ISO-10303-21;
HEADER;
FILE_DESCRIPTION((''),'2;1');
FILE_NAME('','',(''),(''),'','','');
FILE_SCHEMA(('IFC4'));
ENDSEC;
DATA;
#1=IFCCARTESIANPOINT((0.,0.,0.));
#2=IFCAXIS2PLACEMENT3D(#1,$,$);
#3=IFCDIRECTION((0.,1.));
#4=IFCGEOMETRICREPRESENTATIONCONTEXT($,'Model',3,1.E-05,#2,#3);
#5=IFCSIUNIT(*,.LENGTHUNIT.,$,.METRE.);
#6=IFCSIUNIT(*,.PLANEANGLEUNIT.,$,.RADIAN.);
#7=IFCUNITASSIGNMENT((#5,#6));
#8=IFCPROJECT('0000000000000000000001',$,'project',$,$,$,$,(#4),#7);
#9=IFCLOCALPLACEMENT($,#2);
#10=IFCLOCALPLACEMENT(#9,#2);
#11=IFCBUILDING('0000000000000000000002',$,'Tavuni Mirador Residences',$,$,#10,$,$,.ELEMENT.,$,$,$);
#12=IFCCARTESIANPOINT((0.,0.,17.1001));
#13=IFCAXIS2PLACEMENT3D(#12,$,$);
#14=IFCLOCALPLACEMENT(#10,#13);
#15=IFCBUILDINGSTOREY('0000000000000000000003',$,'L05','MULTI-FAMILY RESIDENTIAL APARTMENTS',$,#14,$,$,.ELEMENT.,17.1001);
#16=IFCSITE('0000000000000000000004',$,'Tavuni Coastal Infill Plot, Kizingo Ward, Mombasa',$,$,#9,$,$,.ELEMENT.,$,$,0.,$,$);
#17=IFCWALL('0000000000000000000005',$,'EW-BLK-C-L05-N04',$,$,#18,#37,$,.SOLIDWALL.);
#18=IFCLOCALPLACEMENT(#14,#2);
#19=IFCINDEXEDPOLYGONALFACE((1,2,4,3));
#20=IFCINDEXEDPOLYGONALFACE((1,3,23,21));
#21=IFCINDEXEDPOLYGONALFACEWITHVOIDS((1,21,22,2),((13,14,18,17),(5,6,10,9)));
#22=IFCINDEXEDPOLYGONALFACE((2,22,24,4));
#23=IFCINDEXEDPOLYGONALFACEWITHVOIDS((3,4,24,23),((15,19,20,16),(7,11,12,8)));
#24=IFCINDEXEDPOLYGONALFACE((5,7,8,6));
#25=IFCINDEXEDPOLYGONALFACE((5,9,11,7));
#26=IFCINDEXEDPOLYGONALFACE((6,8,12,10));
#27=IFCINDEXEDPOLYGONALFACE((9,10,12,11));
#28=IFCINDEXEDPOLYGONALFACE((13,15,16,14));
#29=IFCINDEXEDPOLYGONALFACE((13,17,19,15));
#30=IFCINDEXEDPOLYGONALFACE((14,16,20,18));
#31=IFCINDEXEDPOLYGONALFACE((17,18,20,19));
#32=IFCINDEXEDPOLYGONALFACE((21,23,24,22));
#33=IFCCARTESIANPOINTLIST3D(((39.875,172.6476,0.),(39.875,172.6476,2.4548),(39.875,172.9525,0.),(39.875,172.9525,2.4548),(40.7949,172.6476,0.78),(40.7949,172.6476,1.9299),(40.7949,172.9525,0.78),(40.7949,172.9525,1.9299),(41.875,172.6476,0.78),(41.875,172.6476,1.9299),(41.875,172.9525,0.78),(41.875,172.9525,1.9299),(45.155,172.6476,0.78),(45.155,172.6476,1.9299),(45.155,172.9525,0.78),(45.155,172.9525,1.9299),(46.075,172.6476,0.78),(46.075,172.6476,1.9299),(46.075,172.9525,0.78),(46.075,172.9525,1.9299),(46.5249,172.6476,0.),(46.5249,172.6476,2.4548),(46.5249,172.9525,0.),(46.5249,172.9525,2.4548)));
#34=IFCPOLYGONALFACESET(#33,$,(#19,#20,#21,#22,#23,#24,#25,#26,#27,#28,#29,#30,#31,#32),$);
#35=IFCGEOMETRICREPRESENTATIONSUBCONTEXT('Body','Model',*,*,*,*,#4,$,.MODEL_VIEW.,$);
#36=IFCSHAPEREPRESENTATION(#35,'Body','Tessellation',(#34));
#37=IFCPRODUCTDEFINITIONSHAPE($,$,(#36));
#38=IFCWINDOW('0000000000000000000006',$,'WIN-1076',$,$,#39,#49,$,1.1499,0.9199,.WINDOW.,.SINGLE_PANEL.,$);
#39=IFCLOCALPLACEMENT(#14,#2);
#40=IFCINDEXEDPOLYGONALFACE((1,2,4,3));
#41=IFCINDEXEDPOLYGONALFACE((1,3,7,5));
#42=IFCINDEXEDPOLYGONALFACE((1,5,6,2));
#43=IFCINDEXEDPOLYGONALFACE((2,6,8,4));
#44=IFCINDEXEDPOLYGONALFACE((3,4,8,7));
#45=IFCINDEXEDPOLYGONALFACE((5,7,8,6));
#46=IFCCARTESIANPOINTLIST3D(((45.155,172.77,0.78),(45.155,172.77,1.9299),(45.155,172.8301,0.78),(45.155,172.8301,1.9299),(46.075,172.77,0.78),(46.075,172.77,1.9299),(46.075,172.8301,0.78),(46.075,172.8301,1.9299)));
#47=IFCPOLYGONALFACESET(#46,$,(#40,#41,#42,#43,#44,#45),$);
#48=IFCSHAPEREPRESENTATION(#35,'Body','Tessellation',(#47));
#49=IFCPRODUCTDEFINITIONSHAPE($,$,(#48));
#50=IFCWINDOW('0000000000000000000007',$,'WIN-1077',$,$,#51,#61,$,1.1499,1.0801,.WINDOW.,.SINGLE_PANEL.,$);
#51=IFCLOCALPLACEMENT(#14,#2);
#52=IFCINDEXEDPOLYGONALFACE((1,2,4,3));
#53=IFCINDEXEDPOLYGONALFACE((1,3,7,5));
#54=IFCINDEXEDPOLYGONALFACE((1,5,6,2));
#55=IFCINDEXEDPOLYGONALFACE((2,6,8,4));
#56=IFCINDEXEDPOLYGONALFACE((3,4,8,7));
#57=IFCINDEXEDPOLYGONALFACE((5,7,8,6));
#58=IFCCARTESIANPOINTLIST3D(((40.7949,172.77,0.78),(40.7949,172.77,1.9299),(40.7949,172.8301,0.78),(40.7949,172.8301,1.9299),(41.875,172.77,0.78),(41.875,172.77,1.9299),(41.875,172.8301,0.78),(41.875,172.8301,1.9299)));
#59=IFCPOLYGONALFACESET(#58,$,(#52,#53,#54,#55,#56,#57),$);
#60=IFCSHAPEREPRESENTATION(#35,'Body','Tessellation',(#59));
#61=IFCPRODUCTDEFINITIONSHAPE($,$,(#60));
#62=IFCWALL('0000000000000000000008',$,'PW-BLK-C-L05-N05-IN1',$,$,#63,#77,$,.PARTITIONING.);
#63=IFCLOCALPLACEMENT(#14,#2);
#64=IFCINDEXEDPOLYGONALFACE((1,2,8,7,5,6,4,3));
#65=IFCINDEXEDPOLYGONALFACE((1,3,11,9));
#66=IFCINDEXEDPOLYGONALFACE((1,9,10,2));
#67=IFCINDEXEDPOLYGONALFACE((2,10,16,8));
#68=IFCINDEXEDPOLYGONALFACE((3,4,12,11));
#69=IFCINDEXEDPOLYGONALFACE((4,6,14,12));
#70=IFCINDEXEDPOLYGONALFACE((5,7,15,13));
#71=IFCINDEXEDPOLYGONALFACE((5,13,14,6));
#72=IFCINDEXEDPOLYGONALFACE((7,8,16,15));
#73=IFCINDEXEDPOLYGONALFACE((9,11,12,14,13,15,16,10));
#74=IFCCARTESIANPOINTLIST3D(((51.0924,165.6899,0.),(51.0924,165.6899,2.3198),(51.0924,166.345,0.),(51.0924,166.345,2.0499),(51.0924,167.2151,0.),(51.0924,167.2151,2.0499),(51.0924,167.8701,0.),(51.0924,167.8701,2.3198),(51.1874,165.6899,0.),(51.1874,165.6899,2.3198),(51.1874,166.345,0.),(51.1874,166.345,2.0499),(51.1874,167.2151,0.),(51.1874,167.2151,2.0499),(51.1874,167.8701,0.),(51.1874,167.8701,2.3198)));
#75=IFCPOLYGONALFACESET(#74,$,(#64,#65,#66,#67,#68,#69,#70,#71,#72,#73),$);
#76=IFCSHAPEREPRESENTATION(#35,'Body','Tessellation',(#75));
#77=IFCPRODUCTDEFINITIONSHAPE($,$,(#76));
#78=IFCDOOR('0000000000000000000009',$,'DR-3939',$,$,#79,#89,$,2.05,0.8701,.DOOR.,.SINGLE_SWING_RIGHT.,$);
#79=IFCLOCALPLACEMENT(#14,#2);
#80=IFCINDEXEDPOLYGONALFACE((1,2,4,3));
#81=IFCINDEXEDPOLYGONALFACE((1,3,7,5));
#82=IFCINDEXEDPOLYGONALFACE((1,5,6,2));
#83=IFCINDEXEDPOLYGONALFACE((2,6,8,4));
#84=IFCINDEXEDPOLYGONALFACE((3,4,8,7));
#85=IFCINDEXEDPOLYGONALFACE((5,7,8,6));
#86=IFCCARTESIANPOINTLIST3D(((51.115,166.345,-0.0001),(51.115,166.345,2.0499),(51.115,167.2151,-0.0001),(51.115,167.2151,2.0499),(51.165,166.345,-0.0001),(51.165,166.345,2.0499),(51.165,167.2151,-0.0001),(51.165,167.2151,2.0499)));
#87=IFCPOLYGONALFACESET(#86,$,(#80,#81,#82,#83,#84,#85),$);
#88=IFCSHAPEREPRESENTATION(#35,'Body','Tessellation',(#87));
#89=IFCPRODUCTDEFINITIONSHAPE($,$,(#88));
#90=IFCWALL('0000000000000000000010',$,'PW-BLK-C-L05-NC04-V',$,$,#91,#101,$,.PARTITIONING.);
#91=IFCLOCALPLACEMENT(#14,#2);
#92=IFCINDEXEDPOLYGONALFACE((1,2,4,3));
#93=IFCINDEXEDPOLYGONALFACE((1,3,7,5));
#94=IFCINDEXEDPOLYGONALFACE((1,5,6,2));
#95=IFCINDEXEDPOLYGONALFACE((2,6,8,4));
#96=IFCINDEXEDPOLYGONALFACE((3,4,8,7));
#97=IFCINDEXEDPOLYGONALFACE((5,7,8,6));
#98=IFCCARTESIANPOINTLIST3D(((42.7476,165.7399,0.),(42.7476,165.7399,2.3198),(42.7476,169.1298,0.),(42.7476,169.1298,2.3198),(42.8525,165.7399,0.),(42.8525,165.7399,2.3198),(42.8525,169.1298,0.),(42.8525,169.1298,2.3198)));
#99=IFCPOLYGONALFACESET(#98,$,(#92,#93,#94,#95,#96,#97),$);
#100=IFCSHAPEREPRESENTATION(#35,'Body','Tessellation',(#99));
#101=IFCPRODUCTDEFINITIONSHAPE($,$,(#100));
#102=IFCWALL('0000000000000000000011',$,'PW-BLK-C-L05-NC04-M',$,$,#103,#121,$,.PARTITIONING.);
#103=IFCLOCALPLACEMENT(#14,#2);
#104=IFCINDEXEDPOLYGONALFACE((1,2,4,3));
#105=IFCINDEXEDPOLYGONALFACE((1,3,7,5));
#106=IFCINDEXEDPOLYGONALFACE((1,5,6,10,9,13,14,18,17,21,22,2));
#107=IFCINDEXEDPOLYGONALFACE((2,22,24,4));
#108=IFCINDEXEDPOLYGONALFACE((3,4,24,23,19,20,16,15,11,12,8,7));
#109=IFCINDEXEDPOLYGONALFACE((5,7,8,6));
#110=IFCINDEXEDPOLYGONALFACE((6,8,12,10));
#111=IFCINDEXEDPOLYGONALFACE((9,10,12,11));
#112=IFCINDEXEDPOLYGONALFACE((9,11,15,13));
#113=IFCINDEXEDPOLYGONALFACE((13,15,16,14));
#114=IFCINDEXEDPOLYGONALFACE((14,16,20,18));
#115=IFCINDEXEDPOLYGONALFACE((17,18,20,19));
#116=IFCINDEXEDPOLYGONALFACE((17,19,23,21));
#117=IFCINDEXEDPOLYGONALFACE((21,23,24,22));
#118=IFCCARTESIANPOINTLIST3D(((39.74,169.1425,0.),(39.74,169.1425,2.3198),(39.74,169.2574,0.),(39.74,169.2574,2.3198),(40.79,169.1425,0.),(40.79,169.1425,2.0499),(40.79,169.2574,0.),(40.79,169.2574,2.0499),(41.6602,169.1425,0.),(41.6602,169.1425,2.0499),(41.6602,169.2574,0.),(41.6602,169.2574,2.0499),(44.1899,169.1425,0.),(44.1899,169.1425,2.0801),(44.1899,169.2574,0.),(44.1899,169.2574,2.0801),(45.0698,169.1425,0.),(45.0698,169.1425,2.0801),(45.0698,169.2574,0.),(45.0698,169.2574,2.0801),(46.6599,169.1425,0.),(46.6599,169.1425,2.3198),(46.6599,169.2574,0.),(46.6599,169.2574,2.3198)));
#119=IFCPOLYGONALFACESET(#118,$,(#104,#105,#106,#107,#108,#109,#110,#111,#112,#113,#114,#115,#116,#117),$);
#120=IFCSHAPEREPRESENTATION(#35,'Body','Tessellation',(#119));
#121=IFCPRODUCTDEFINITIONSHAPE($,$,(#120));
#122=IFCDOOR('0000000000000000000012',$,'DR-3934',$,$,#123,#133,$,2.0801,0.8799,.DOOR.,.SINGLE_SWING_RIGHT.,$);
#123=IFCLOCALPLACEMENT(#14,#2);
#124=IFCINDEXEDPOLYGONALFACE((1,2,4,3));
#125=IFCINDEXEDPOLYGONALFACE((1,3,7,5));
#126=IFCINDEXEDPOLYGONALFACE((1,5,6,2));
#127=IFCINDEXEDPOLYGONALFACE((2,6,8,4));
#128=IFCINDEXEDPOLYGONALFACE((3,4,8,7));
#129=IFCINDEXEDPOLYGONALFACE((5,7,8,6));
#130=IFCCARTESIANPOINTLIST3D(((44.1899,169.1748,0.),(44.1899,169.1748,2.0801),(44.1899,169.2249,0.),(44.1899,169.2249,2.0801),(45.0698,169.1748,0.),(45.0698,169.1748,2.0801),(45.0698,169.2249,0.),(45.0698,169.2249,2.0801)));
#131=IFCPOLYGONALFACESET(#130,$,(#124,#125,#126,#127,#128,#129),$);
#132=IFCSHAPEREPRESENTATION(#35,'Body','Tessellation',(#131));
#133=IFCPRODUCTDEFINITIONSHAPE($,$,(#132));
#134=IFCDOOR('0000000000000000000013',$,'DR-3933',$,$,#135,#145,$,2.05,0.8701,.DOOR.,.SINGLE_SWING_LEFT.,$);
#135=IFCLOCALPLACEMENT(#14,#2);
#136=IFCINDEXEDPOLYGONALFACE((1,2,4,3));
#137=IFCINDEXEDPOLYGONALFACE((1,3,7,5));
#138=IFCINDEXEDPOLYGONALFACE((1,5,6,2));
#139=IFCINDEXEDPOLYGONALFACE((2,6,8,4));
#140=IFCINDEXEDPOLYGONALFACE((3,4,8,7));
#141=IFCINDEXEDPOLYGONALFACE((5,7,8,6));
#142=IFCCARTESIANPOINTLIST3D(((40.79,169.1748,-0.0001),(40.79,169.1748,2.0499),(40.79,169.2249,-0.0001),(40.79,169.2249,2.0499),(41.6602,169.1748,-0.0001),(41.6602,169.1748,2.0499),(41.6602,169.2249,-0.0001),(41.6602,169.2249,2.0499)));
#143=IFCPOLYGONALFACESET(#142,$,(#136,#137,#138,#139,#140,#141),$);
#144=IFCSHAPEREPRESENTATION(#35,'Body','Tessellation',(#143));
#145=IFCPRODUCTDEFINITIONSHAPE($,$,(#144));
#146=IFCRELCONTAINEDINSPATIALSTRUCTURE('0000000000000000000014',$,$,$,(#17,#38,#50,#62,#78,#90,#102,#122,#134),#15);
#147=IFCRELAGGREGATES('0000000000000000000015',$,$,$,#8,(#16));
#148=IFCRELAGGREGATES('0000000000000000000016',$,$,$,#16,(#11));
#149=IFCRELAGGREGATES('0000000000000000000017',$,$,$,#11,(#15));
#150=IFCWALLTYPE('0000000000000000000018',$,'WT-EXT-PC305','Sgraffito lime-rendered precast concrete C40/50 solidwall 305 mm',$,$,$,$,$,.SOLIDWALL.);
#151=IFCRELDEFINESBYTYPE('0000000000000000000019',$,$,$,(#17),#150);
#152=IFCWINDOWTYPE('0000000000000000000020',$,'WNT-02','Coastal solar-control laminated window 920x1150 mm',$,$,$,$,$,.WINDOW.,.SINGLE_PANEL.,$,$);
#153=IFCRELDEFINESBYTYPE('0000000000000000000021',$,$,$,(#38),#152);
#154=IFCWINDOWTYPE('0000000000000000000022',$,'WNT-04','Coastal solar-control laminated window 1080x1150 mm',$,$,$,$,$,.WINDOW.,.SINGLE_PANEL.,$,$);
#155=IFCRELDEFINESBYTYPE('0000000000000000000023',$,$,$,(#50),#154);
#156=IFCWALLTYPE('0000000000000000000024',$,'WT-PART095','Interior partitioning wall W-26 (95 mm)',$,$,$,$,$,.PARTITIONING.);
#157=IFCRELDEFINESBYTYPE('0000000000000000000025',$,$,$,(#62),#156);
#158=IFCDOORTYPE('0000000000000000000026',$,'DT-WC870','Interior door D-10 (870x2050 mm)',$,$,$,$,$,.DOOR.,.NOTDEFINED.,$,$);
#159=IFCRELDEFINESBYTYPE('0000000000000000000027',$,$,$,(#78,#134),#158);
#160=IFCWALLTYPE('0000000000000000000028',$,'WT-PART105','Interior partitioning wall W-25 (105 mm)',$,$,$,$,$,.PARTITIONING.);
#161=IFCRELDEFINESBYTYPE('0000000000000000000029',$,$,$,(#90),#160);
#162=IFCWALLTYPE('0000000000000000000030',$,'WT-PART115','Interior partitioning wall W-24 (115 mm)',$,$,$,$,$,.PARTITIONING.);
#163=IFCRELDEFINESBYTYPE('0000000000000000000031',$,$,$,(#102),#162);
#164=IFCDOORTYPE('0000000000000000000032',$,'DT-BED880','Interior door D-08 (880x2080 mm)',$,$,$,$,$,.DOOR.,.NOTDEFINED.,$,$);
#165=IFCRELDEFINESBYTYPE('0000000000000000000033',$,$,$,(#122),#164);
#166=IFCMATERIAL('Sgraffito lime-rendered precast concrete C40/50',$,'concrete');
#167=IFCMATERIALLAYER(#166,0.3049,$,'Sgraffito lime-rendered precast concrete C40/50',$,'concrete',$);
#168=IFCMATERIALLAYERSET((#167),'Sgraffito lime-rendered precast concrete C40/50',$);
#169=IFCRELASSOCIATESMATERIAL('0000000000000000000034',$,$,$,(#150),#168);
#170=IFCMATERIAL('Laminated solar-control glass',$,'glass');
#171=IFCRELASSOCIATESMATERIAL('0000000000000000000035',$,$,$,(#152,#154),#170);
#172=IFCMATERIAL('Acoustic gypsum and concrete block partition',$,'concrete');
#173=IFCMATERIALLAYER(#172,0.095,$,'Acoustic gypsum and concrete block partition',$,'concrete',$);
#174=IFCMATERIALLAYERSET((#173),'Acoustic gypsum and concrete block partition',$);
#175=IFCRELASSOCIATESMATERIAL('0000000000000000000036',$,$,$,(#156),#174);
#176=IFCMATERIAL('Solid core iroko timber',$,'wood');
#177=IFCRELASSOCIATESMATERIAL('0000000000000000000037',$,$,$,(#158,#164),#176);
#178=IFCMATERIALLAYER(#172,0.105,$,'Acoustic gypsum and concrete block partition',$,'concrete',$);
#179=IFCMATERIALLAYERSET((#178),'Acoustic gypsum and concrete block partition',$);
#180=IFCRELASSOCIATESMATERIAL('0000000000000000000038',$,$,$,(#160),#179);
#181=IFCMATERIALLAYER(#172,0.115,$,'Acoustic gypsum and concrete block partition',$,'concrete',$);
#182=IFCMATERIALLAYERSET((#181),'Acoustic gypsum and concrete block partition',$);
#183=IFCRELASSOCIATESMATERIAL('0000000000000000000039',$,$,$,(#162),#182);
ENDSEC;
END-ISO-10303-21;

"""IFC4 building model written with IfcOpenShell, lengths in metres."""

from ifc_helpers import new_model, si_unit, direction, frame, frame_2d, origin, place, context, subcontext, project, spatial, rectangle, extrude, material, layer, layer_set, type_object, element, fill, save


model = new_model("IFC4")

# Units and contexts
model_context = context("Model", 3, precision=1e-05, world=origin(), true_north=direction((0.0, 1.0)))
body_context = subcontext(model_context, "Body", "Model", "MODEL_VIEW")
ifc_project = project(units=[si_unit("LENGTHUNIT", "METRE"), si_unit("PLANEANGLEUNIT", "RADIAN")], contexts=[model_context])

# Site, building, storey
site_placement = place(None, origin())
site = spatial("IfcSite", under=ifc_project, at=site_placement, Name="Tavuni Coastal Infill Plot, Kizingo Ward, Mombasa", CompositionType="ELEMENT", RefElevation=0.0)
building_placement = place(site_placement, origin())
building = spatial("IfcBuilding", under=site, at=building_placement, Name="Tavuni Mirador Residences", CompositionType="ELEMENT")
storey_placement = place(building_placement, frame((0.0, 0.0, 17.1001)))
storey = spatial("IfcBuildingStorey", under=building, at=storey_placement, Name="L05", Description="MULTI-FAMILY RESIDENTIAL APARTMENTS", CompositionType="ELEMENT", Elevation=17.1001)

# Shared definitions
ifc_material_1 = material(Name="Solid core iroko timber", Category="wood")

# Wall, openings, windows
ifc_material_2 = material(Name="Sgraffito lime-rendered precast concrete C40/50", Category="concrete")
ifc_layer_1 = layer(ifc_material_2, 0.3049, Name="Sgraffito lime-rendered precast concrete C40/50", Category="concrete")
ifc_layer_set_1 = layer_set([ifc_layer_1], Name="Sgraffito lime-rendered precast concrete C40/50")
wall_type_1 = type_object("IfcWallType", Name="WT-EXT-PC305", Description="Sgraffito lime-rendered precast concrete C40/50 solidwall 305 mm", PredefinedType="SOLIDWALL", material=ifc_layer_set_1)
wall_1_placement = place(storey_placement, frame((46.5249, 172.8, 0.0), z_axis=(0.0, 0.0, 1.0), x_axis=(-1.0, 0.0, 0.0)))
wall_1 = element("IfcWall", 1, at=wall_1_placement, inside=storey, type_object=wall_type_1, Name="EW-BLK-C-L05-N04", PredefinedType="SOLIDWALL", context=body_context, shape_type="SweptSolid", body=[
    extrude(rectangle(XDim=6.6499, YDim=0.3049, at=frame_2d((3.325, 0.0))), origin(), (0.0, 0.0, 1.0), 2.4548),
])
opening_1_placement = place(wall_1_placement, frame((0.45, 0.0, 0.78)))
opening_1 = element("IfcOpeningElement", 2, at=opening_1_placement, cuts=wall_1, PredefinedType="OPENING", context=body_context, shape_type="SweptSolid", body=[
    extrude(rectangle(XDim=0.9199, YDim=1.1499, at=frame_2d((0.46, 0.575))), frame((0.0, 0.1626, 0.0), z_axis=(0.0, -1.0, 0.0), x_axis=(1.0, 0.0, 0.0)), (0.0, 0.0, 1.0), 0.325),
])
opening_2_placement = place(wall_1_placement, frame((4.6499, 0.0, 0.78)))
opening_2 = element("IfcOpeningElement", 3, at=opening_2_placement, cuts=wall_1, PredefinedType="OPENING", context=body_context, shape_type="SweptSolid", body=[
    extrude(rectangle(XDim=1.0801, YDim=1.1499, at=frame_2d((0.54, 0.575))), frame((0.0, 0.1626, 0.0), z_axis=(0.0, -1.0, 0.0), x_axis=(1.0, 0.0, 0.0)), (0.0, 0.0, 1.0), 0.325),
])
ifc_material_3 = material(Name="Laminated solar-control glass", Category="glass")
window_type_1 = type_object("IfcWindowType", Name="WNT-02", Description="Coastal solar-control laminated window 920x1150 mm", PartitioningType="SINGLE_PANEL", PredefinedType="WINDOW", material=ifc_material_3)
window_1_placement = place(opening_1_placement, origin())
window_1 = element("IfcWindow", 4, at=window_1_placement, inside=storey, type_object=window_type_1, Name="WIN-1076", OverallHeight=1.1499, OverallWidth=0.9199, PartitioningType="SINGLE_PANEL", PredefinedType="WINDOW", context=body_context, shape_type="SweptSolid", body=[
    extrude(rectangle(XDim=0.9199, YDim=1.1499, at=frame_2d((0.46, 0.575))), frame((0.0, 0.03, 0.0), z_axis=(0.0, -1.0, 0.0), x_axis=(1.0, 0.0, 0.0)), (0.0, 0.0, 1.0), 0.0601),
])
fill(opening_1, window_1)
window_type_2 = type_object("IfcWindowType", Name="WNT-04", Description="Coastal solar-control laminated window 1080x1150 mm", PartitioningType="SINGLE_PANEL", PredefinedType="WINDOW", material=ifc_material_3)
window_2_placement = place(opening_2_placement, origin())
window_2 = element("IfcWindow", 5, at=window_2_placement, inside=storey, type_object=window_type_2, Name="WIN-1077", OverallHeight=1.1499, OverallWidth=1.0801, PartitioningType="SINGLE_PANEL", PredefinedType="WINDOW", context=body_context, shape_type="SweptSolid", body=[
    extrude(rectangle(XDim=1.0801, YDim=1.1499, at=frame_2d((0.54, 0.575))), frame((0.0, 0.03, 0.0), z_axis=(0.0, -1.0, 0.0), x_axis=(1.0, 0.0, 0.0)), (0.0, 0.0, 1.0), 0.0601),
])
fill(opening_2, window_2)

# Wall, opening, door
ifc_material_4 = material(Name="Acoustic gypsum and concrete block partition", Category="concrete")
ifc_layer_2 = layer(ifc_material_4, 0.095, Name="Acoustic gypsum and concrete block partition", Category="concrete")
ifc_layer_set_2 = layer_set([ifc_layer_2], Name="Acoustic gypsum and concrete block partition")
wall_type_2 = type_object("IfcWallType", Name="WT-PART095", Description="Interior partitioning wall W-26 (95 mm)", PredefinedType="PARTITIONING", material=ifc_layer_set_2)
wall_2_placement = place(storey_placement, frame((51.1399, 165.6899, 0.0), z_axis=(0.0, 0.0, 1.0), x_axis=(0.0, 1.0, 0.0)))
wall_2 = element("IfcWall", 6, at=wall_2_placement, inside=storey, type_object=wall_type_2, Name="PW-BLK-C-L05-N05-IN1", PredefinedType="PARTITIONING", context=body_context, shape_type="SweptSolid", body=[
    extrude(rectangle(XDim=2.1802, YDim=0.095, at=frame_2d((1.0901, 0.0))), origin(), (0.0, 0.0, 1.0), 2.3198),
])
opening_3_placement = place(wall_2_placement, frame((0.655, 0.0, 0.0)))
opening_3 = element("IfcOpeningElement", 7, at=opening_3_placement, cuts=wall_2, PredefinedType="OPENING", context=body_context, shape_type="SweptSolid", body=[
    extrude(rectangle(XDim=0.8701, YDim=2.05, at=frame_2d((0.4351, 1.0249))), frame((0.0, 0.0576, 0.0), z_axis=(0.0, -1.0, 0.0), x_axis=(1.0, 0.0, 0.0)), (0.0, 0.0, 1.0), 0.115),
])
door_type_1 = type_object("IfcDoorType", Name="DT-WC870", Description="Interior door D-10 (870x2050 mm)", OperationType="NOTDEFINED", PredefinedType="DOOR", material=ifc_material_1)
door_1_placement = place(opening_3_placement, origin())
door_1 = element("IfcDoor", 8, at=door_1_placement, inside=storey, type_object=door_type_1, Name="DR-3939", OperationType="SINGLE_SWING_RIGHT", OverallHeight=2.05, OverallWidth=0.8701, PredefinedType="DOOR", context=body_context, shape_type="SweptSolid", body=[
    extrude(rectangle(XDim=0.8701, YDim=2.05, at=frame_2d((0.4351, 1.0249))), frame((0.0, 0.0249, 0.0), z_axis=(0.0, -1.0, 0.0), x_axis=(1.0, 0.0, 0.0)), (0.0, 0.0, 1.0), 0.05),
])
fill(opening_3, door_1)

# Wall
ifc_layer_3 = layer(ifc_material_4, 0.105, Name="Acoustic gypsum and concrete block partition", Category="concrete")
ifc_layer_set_3 = layer_set([ifc_layer_3], Name="Acoustic gypsum and concrete block partition")
wall_type_3 = type_object("IfcWallType", Name="WT-PART105", Description="Interior partitioning wall W-25 (105 mm)", PredefinedType="PARTITIONING", material=ifc_layer_set_3)
wall_3_placement = place(storey_placement, frame((42.8, 165.74, 0.0), z_axis=(0.0, 0.0, 1.0), x_axis=(0.0, 1.0, 0.0)))
element("IfcWall", 9, at=wall_3_placement, inside=storey, type_object=wall_type_3, Name="PW-BLK-C-L05-NC04-V", PredefinedType="PARTITIONING", context=body_context, shape_type="SweptSolid", body=[
    extrude(rectangle(XDim=3.3899, YDim=0.105, at=frame_2d((1.6948, 0.0))), origin(), (0.0, 0.0, 1.0), 2.3198),
])

# Wall, openings, doors
ifc_layer_4 = layer(ifc_material_4, 0.115, Name="Acoustic gypsum and concrete block partition", Category="concrete")
ifc_layer_set_4 = layer_set([ifc_layer_4], Name="Acoustic gypsum and concrete block partition")
wall_type_4 = type_object("IfcWallType", Name="WT-PART115", Description="Interior partitioning wall W-24 (115 mm)", PredefinedType="PARTITIONING", material=ifc_layer_set_4)
wall_4_placement = place(storey_placement, frame((39.74, 169.2, 0.0), z_axis=(0.0, 0.0, 1.0), x_axis=(1.0, 0.0, 0.0)))
wall_4 = element("IfcWall", 10, at=wall_4_placement, inside=storey, type_object=wall_type_4, Name="PW-BLK-C-L05-NC04-M", PredefinedType="PARTITIONING", context=body_context, shape_type="SweptSolid", body=[
    extrude(rectangle(XDim=6.9199, YDim=0.115, at=frame_2d((3.46, 0.0))), origin(), (0.0, 0.0, 1.0), 2.3198),
])
opening_4_placement = place(wall_4_placement, frame((1.05, 0.0, 0.0)))
opening_4 = element("IfcOpeningElement", 11, at=opening_4_placement, cuts=wall_4, PredefinedType="OPENING", context=body_context, shape_type="SweptSolid", body=[
    extrude(rectangle(XDim=0.8701, YDim=2.05, at=frame_2d((0.4351, 1.0249))), frame((0.0, 0.0674, 0.0), z_axis=(0.0, -1.0, 0.0), x_axis=(1.0, 0.0, 0.0)), (0.0, 0.0, 1.0), 0.135),
])
opening_5_placement = place(wall_4_placement, frame((4.45, 0.0, 0.0)))
opening_5 = element("IfcOpeningElement", 12, at=opening_5_placement, cuts=wall_4, PredefinedType="OPENING", context=body_context, shape_type="SweptSolid", body=[
    extrude(rectangle(XDim=0.8799, YDim=2.0801, at=frame_2d((0.4399, 1.04))), frame((0.0, 0.0674, 0.0), z_axis=(0.0, -1.0, 0.0), x_axis=(1.0, 0.0, 0.0)), (0.0, 0.0, 1.0), 0.135),
])
door_type_2 = type_object("IfcDoorType", Name="DT-BED880", Description="Interior door D-08 (880x2080 mm)", OperationType="NOTDEFINED", PredefinedType="DOOR", material=ifc_material_1)
door_2_placement = place(opening_5_placement, origin())
door_2 = element("IfcDoor", 13, at=door_2_placement, inside=storey, type_object=door_type_2, Name="DR-3934", OperationType="SINGLE_SWING_RIGHT", OverallHeight=2.0801, OverallWidth=0.8799, PredefinedType="DOOR", context=body_context, shape_type="SweptSolid", body=[
    extrude(rectangle(XDim=0.8799, YDim=2.0801, at=frame_2d((0.4399, 1.04))), frame((0.0, 0.0249, 0.0), z_axis=(0.0, -1.0, 0.0), x_axis=(1.0, 0.0, 0.0)), (0.0, 0.0, 1.0), 0.05),
])
fill(opening_5, door_2)
door_3_placement = place(opening_4_placement, origin())
door_3 = element("IfcDoor", 14, at=door_3_placement, inside=storey, type_object=door_type_1, Name="DR-3933", OperationType="SINGLE_SWING_LEFT", OverallHeight=2.05, OverallWidth=0.8701, PredefinedType="DOOR", context=body_context, shape_type="SweptSolid", body=[
    extrude(rectangle(XDim=0.8701, YDim=2.05, at=frame_2d((0.4351, 1.0249))), frame((0.0, 0.0249, 0.0), z_axis=(0.0, -1.0, 0.0), x_axis=(1.0, 0.0, 0.0)), (0.0, 0.0, 1.0), 0.05),
])
fill(opening_4, door_3)

save(model, "model.ifc")
